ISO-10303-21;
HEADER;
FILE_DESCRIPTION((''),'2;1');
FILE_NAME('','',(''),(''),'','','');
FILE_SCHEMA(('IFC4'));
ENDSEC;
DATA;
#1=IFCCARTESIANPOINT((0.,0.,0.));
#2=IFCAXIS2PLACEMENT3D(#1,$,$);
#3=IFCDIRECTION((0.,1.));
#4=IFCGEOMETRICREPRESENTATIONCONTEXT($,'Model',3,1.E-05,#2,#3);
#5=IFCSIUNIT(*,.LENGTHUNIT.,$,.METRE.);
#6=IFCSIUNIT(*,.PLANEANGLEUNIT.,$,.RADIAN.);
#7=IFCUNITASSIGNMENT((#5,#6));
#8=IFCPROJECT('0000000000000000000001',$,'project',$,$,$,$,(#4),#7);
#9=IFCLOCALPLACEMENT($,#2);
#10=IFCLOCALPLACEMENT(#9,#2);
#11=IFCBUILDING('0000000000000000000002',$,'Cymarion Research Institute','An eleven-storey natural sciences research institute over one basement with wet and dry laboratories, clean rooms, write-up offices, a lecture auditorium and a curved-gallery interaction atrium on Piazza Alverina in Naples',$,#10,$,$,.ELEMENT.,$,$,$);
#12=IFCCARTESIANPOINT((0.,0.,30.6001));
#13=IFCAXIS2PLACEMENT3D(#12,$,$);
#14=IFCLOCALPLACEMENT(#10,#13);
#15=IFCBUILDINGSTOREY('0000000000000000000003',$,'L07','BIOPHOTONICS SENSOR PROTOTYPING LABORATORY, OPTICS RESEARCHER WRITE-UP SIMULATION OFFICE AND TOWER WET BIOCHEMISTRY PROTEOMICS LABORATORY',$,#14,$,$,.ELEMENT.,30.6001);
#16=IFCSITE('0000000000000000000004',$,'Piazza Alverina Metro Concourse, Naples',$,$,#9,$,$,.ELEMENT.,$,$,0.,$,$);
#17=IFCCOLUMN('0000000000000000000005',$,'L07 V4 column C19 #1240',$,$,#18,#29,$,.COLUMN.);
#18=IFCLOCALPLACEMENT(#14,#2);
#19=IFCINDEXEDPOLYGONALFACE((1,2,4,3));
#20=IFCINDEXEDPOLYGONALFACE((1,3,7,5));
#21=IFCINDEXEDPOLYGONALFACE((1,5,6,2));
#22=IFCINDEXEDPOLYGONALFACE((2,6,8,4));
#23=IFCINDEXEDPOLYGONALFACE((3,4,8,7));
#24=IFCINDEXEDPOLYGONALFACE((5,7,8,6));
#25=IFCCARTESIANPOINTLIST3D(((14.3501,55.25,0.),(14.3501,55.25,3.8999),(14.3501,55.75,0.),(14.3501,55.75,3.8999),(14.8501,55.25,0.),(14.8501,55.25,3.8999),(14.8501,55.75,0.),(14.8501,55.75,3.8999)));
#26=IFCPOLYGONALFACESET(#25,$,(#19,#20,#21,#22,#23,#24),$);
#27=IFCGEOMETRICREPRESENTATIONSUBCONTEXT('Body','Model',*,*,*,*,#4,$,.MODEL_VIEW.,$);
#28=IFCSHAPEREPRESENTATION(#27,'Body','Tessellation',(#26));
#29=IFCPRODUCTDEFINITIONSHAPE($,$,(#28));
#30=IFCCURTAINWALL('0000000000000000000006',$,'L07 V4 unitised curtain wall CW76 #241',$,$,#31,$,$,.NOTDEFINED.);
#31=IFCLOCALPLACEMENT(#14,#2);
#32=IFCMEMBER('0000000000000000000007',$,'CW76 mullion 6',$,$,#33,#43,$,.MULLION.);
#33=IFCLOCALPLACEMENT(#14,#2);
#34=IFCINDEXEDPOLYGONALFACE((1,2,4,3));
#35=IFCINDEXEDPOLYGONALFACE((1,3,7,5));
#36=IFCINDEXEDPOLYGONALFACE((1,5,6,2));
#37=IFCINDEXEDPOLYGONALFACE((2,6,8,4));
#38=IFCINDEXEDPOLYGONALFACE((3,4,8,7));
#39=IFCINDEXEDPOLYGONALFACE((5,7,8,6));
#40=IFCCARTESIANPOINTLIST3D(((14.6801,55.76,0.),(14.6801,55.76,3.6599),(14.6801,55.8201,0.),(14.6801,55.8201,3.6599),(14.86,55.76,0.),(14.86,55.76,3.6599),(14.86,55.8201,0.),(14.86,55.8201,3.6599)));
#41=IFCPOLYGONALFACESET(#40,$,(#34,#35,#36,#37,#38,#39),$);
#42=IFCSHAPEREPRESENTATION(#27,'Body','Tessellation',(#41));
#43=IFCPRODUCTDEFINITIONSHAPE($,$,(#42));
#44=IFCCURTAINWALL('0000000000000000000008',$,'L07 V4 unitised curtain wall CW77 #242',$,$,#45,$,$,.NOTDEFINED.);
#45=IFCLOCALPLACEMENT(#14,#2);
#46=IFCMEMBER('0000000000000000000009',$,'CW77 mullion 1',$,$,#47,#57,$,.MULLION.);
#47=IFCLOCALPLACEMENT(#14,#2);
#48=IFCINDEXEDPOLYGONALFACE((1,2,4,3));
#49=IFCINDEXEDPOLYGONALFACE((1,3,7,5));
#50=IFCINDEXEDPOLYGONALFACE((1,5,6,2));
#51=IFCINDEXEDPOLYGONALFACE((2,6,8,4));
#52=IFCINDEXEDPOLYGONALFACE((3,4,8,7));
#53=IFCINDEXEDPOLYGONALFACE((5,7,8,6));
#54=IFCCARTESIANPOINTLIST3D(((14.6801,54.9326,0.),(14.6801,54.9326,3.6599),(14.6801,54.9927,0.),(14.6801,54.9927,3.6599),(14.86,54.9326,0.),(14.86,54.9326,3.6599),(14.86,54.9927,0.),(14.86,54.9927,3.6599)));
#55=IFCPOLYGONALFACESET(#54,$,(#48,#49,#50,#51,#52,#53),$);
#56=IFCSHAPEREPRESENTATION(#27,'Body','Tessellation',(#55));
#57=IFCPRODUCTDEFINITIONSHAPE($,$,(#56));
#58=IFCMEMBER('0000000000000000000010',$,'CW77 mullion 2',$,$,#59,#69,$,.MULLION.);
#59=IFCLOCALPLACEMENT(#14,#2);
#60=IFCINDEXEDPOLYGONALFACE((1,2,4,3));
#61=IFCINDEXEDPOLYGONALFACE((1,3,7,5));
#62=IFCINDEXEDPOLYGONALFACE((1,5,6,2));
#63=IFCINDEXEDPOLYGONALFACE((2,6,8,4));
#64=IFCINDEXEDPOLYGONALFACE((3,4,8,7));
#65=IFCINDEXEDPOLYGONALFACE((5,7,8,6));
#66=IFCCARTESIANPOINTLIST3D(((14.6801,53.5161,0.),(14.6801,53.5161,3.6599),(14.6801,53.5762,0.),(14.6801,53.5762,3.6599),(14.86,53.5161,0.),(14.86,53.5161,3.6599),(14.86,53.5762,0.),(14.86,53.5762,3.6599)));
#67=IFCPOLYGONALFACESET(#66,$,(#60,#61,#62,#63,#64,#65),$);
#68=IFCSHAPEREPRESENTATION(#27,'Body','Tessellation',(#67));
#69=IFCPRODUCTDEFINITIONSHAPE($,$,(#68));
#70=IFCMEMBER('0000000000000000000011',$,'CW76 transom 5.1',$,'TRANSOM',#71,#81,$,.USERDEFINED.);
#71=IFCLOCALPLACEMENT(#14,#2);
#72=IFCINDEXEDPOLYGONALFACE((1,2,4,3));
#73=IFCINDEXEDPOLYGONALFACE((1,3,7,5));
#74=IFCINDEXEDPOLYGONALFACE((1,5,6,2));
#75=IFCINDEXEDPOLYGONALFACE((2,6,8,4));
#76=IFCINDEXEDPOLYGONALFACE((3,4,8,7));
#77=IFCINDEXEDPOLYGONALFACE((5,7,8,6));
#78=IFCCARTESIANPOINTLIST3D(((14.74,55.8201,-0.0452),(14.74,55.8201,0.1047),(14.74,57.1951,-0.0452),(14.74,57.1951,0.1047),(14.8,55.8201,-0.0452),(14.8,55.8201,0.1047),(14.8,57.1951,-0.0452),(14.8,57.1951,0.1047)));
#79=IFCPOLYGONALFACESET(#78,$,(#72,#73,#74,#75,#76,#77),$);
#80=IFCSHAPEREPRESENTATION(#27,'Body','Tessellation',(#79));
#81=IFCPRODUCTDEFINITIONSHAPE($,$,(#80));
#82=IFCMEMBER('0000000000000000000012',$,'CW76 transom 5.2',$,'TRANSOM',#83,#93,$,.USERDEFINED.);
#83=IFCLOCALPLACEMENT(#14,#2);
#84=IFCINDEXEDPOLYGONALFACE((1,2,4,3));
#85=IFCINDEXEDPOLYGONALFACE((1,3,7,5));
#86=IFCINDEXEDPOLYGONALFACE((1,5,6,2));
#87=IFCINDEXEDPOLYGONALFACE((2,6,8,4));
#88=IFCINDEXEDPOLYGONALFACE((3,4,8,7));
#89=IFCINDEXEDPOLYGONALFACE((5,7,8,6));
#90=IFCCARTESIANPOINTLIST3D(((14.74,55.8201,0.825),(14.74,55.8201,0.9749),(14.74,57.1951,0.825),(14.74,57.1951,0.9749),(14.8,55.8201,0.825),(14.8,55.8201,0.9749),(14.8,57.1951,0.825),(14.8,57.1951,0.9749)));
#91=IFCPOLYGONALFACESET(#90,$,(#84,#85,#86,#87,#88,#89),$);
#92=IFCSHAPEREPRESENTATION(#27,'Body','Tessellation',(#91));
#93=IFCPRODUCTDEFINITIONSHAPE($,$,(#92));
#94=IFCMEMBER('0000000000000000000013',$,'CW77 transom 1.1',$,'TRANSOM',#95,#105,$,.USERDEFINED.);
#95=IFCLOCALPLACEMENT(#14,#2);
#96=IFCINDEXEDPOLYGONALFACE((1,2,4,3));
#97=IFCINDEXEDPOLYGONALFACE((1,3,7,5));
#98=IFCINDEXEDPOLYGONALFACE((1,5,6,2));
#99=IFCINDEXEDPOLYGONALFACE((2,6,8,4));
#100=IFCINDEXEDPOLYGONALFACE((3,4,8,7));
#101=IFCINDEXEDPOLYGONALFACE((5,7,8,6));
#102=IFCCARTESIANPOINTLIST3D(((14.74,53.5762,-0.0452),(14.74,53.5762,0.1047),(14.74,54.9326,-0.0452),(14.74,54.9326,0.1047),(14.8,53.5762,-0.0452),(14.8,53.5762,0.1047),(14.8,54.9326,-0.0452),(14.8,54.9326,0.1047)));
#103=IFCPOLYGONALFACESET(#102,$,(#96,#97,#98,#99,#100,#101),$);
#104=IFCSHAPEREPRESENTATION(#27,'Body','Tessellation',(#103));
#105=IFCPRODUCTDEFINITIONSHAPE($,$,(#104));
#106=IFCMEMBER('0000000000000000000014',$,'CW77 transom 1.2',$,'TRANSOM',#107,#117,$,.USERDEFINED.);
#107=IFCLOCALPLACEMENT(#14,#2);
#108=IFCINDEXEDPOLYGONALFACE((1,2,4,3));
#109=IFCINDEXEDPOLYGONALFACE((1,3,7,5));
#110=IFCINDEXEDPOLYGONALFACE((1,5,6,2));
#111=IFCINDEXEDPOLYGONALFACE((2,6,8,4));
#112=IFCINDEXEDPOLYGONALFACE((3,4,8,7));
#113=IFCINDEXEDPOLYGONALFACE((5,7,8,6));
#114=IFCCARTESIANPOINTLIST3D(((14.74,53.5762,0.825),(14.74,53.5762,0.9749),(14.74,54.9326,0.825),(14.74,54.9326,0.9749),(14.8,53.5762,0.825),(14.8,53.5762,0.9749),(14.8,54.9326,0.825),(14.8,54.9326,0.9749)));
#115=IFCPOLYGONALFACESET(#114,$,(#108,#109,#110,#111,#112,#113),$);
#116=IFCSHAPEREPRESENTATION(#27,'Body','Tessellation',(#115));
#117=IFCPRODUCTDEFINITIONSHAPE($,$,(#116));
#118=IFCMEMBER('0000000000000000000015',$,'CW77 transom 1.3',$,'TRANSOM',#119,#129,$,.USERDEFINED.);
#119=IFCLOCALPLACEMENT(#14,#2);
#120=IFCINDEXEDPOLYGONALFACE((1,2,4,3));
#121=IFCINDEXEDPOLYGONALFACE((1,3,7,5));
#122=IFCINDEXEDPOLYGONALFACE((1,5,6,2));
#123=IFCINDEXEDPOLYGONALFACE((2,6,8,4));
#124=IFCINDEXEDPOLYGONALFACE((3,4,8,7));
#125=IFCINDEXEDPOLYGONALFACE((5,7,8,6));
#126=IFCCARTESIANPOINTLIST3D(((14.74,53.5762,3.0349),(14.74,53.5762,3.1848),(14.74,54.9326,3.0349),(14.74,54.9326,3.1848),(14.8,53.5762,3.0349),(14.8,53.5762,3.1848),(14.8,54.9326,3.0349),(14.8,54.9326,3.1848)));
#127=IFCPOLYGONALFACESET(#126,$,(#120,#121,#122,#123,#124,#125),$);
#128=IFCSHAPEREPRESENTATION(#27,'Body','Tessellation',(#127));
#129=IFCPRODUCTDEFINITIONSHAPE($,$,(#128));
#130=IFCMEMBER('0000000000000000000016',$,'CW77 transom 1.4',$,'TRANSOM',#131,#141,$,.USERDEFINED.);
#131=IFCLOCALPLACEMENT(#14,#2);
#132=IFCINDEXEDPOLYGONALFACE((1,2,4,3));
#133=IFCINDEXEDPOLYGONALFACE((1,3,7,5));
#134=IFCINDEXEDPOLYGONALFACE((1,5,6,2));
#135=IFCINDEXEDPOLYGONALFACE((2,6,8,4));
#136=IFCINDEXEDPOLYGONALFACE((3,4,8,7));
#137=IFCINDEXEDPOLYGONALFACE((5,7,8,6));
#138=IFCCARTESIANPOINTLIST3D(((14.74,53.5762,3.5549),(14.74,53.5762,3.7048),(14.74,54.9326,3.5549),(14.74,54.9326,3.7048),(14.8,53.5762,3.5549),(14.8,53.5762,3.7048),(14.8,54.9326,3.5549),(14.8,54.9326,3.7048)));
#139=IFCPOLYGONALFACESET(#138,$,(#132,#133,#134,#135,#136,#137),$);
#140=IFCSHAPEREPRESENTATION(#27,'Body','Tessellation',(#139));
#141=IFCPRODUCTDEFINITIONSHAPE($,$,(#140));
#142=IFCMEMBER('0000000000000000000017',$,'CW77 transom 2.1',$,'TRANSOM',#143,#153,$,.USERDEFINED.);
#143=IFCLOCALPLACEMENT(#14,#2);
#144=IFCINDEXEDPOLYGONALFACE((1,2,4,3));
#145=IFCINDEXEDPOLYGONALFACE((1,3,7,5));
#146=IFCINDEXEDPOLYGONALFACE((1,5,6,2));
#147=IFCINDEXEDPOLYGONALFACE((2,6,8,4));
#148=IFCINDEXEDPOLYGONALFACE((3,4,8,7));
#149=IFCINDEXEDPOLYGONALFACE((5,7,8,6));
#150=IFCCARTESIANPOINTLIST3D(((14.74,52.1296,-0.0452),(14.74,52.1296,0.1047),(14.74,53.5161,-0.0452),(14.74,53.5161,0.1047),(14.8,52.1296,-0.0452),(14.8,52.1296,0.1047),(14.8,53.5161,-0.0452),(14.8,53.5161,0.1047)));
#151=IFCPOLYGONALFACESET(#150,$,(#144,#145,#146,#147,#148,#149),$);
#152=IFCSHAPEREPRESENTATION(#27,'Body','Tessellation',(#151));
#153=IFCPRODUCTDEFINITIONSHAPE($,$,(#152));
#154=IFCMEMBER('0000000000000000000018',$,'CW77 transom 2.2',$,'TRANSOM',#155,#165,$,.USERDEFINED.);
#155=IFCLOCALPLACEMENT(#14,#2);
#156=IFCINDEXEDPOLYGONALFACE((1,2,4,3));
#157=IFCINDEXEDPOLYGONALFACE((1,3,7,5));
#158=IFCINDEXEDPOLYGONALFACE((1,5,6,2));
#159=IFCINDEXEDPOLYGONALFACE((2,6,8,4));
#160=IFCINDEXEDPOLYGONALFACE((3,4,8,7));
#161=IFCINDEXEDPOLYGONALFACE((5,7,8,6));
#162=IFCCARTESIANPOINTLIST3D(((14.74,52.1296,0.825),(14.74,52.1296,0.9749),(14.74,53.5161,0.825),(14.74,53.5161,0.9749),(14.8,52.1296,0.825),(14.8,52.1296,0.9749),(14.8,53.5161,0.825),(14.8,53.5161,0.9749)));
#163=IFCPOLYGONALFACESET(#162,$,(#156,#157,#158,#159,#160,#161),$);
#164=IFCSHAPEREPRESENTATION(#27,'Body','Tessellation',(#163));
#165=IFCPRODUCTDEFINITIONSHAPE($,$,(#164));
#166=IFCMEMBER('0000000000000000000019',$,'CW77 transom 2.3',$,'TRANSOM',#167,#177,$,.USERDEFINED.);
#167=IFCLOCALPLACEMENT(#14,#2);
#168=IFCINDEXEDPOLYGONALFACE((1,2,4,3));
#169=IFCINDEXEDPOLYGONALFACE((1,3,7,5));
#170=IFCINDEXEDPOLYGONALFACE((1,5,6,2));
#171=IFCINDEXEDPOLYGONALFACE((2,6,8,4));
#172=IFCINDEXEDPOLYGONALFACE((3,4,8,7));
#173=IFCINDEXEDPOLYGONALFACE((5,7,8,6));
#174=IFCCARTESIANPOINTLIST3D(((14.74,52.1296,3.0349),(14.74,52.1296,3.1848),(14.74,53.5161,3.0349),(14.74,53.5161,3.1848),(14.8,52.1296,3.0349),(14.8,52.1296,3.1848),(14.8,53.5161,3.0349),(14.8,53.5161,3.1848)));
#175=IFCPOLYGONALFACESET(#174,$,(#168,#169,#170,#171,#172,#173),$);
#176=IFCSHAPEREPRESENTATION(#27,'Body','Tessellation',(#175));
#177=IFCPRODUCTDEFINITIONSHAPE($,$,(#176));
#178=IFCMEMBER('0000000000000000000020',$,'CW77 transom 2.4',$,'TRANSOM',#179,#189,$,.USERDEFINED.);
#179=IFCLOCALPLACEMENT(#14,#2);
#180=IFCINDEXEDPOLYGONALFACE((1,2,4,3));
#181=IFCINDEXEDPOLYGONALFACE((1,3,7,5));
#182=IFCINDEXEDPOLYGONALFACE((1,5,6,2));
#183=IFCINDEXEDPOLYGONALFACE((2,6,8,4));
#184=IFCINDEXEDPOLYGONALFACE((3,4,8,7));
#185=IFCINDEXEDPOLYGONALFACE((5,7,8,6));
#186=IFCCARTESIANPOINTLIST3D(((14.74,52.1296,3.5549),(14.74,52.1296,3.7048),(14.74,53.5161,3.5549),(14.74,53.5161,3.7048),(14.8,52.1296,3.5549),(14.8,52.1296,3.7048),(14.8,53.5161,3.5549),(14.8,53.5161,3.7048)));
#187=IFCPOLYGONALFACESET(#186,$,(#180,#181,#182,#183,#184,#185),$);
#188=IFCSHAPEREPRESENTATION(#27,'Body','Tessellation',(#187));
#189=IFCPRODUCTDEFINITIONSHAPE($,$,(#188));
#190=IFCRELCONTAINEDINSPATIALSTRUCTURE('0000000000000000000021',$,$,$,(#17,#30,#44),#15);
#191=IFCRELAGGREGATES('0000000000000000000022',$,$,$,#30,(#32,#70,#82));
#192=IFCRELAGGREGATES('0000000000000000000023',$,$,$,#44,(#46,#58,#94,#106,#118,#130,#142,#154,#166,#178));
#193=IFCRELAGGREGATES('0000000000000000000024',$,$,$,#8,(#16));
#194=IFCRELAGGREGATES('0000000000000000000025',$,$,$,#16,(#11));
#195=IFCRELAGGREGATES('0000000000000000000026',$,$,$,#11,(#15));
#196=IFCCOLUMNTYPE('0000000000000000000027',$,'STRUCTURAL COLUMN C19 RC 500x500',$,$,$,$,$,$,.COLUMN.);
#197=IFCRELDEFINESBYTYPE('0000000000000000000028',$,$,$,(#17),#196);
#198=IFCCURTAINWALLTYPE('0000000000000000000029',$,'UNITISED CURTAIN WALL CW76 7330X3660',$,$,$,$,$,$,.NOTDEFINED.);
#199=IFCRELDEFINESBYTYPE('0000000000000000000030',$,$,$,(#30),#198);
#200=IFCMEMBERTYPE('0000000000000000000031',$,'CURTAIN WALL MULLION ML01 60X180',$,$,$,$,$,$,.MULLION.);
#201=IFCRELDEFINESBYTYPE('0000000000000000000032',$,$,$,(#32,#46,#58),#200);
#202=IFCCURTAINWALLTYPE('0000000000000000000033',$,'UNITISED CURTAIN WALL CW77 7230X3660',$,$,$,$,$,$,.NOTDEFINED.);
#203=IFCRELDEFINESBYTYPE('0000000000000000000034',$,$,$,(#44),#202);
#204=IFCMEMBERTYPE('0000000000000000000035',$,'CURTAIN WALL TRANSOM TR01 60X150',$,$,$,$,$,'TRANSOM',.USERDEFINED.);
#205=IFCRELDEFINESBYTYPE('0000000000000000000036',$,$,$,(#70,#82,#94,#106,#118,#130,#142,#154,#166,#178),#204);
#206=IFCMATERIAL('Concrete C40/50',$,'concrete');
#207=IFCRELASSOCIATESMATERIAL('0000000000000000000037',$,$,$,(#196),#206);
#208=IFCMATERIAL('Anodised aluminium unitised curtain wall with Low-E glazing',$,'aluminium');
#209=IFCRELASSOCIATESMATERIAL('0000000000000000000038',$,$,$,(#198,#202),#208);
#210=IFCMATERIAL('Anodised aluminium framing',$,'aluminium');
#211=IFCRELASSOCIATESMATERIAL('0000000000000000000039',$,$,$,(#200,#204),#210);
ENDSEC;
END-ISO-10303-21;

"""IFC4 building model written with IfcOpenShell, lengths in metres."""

from ifc_helpers import new_model, si_unit, direction, frame, origin, origin_2d, place, context, subcontext, project, spatial, rectangle, extrude, material, material_profile, profile_set, type_object, element, aggregate, save


model = new_model("IFC4")

# Units and contexts
model_context = context("Model", 3, precision=1e-05, world=origin(), true_north=direction((0.0, 1.0)))
body_context = subcontext(model_context, "Body", "Model", "MODEL_VIEW")
ifc_project = project(units=[si_unit("LENGTHUNIT", "METRE"), si_unit("PLANEANGLEUNIT", "RADIAN")], contexts=[model_context])

# Site, building, storey
site_placement = place(None, origin())
site = spatial("IfcSite", under=ifc_project, at=site_placement, Name="Piazza Alverina Metro Concourse, Naples", CompositionType="ELEMENT", RefElevation=0.0)
building_placement = place(site_placement, origin())
building = spatial("IfcBuilding", under=site, at=building_placement, Name="Cymarion Research Institute", Description="An eleven-storey natural sciences research institute over one basement with wet and dry laboratories, clean rooms, write-up offices, a lecture auditorium and a curved-gallery interaction atrium on Piazza Alverina in Naples", CompositionType="ELEMENT")
storey_placement = place(building_placement, frame((0.0, 0.0, 30.6001)))
storey = spatial("IfcBuildingStorey", under=building, at=storey_placement, Name="L07", Description="BIOPHOTONICS SENSOR PROTOTYPING LABORATORY, OPTICS RESEARCHER WRITE-UP SIMULATION OFFICE AND TOWER WET BIOCHEMISTRY PROTEOMICS LABORATORY", CompositionType="ELEMENT", Elevation=30.6001)

# Column
ifc_material_1 = material(Name="Concrete C40/50", Category="concrete")
ifc_material_profile_1 = material_profile(ifc_material_1, rectangle(XDim=0.5, YDim=0.5, at=origin_2d()), Name="RC 500x500")
ifc_profile_set_1 = profile_set([ifc_material_profile_1], Name="Concrete C40/50")
column_type = type_object("IfcColumnType", Name="STRUCTURAL COLUMN C19 RC 500x500", PredefinedType="COLUMN", material=ifc_profile_set_1)
column_placement = place(storey_placement, frame((14.6001, 55.5, 0.0), z_axis=(0.0, 0.0, 1.0), x_axis=(1.0, 0.0, 0.0)))
element("IfcColumn", 1, at=column_placement, inside=storey, type_object=column_type, Name="L07 V4 column C19 #1240", PredefinedType="COLUMN", context=body_context, shape_type="SweptSolid", body=[
    extrude(rectangle(XDim=0.5, YDim=0.5, at=origin_2d()), origin(), (0.0, 0.0, 1.0), 3.8999),
])

# Curtain wall, member
ifc_material_2 = material(Name="Anodised aluminium unitised curtain wall with Low-E glazing", Category="aluminium")
curtain_wall_type_1 = type_object("IfcCurtainWallType", Name="UNITISED CURTAIN WALL CW76 7330X3660", PredefinedType="NOTDEFINED", material=ifc_material_2)
curtain_wall_1_placement = place(storey_placement, origin())
curtain_wall_1 = element("IfcCurtainWall", 2, at=curtain_wall_1_placement, inside=storey, type_object=curtain_wall_type_1, Name="L07 V4 unitised curtain wall CW76 #241", PredefinedType="NOTDEFINED")
ifc_material_3 = material(Name="Anodised aluminium framing", Category="aluminium")
ifc_material_profile_2 = material_profile(ifc_material_3, rectangle(XDim=0.0601, YDim=0.1799, at=origin_2d()), Name="ALU MULLION 60x180")
ifc_profile_set_2 = profile_set([ifc_material_profile_2], Name="Anodised aluminium framing")
member_type_1 = type_object("IfcMemberType", Name="CURTAIN WALL MULLION ML01 60X180", PredefinedType="MULLION", material=ifc_profile_set_2)
member_1_placement = place(storey_placement, frame((14.77, 55.79, 0.0), z_axis=(0.0, 0.0, 1.0), x_axis=(0.0, -1.0, 0.0)))
member_1 = element("IfcMember", 3, at=member_1_placement, type_object=member_type_1, Name="CW76 mullion 6", PredefinedType="MULLION", context=body_context, shape_type="SweptSolid", body=[
    extrude(rectangle(XDim=0.0601, YDim=0.1799, at=origin_2d()), origin(), (0.0, 0.0, 1.0), 3.6599),
])

# Curtain wall, members
curtain_wall_type_2 = type_object("IfcCurtainWallType", Name="UNITISED CURTAIN WALL CW77 7230X3660", PredefinedType="NOTDEFINED", material=ifc_material_2)
curtain_wall_2_placement = place(storey_placement, origin())
curtain_wall_2 = element("IfcCurtainWall", 4, at=curtain_wall_2_placement, inside=storey, type_object=curtain_wall_type_2, Name="L07 V4 unitised curtain wall CW77 #242", PredefinedType="NOTDEFINED")
member_2_placement = place(storey_placement, frame((14.77, 54.9626, 0.0), z_axis=(0.0, 0.0, 1.0), x_axis=(0.0, -1.0, 0.0)))
member_2 = element("IfcMember", 5, at=member_2_placement, type_object=member_type_1, Name="CW77 mullion 1", PredefinedType="MULLION", context=body_context, shape_type="SweptSolid", body=[
    extrude(rectangle(XDim=0.0601, YDim=0.1799, at=origin_2d()), origin(), (0.0, 0.0, 1.0), 3.6599),
])
member_3_placement = place(storey_placement, frame((14.77, 53.5461, 0.0), z_axis=(0.0, 0.0, 1.0), x_axis=(0.0, -1.0, 0.0)))
member_3 = element("IfcMember", 6, at=member_3_placement, type_object=member_type_1, Name="CW77 mullion 2", PredefinedType="MULLION", context=body_context, shape_type="SweptSolid", body=[
    extrude(rectangle(XDim=0.0601, YDim=0.1799, at=origin_2d()), origin(), (0.0, 0.0, 1.0), 3.6599),
])

# Members
ifc_material_profile_3 = material_profile(ifc_material_3, rectangle(XDim=0.0601, YDim=0.1499, at=origin_2d()), Name="ALU TRANSOM 60x150")
ifc_profile_set_3 = profile_set([ifc_material_profile_3], Name="Anodised aluminium framing")
member_type_2 = type_object("IfcMemberType", Name="CURTAIN WALL TRANSOM TR01 60X150", ElementType="TRANSOM", PredefinedType="USERDEFINED", material=ifc_profile_set_3)
member_4_placement = place(storey_placement, frame((14.77, 57.1951, 0.0298), z_axis=(0.0, -1.0, 0.0), x_axis=(1.0, 0.0, 0.0)))
member_4 = element("IfcMember", 7, at=member_4_placement, type_object=member_type_2, Name="CW76 transom 5.1", ObjectType="TRANSOM", PredefinedType="USERDEFINED", context=body_context, shape_type="SweptSolid", body=[
    extrude(rectangle(XDim=0.0601, YDim=0.1499, at=origin_2d()), origin(), (0.0, 0.0, 1.0), 1.375),
])
member_5_placement = place(storey_placement, frame((14.77, 57.1951, 0.8999), z_axis=(0.0, -1.0, 0.0), x_axis=(1.0, 0.0, 0.0)))
member_5 = element("IfcMember", 8, at=member_5_placement, type_object=member_type_2, Name="CW76 transom 5.2", ObjectType="TRANSOM", PredefinedType="USERDEFINED", context=body_context, shape_type="SweptSolid", body=[
    extrude(rectangle(XDim=0.0601, YDim=0.1499, at=origin_2d()), origin(), (0.0, 0.0, 1.0), 1.375),
])
member_6_placement = place(storey_placement, frame((14.77, 54.9326, 0.0298), z_axis=(0.0, -1.0, 0.0), x_axis=(1.0, 0.0, 0.0)))
member_6 = element("IfcMember", 9, at=member_6_placement, type_object=member_type_2, Name="CW77 transom 1.1", ObjectType="TRANSOM", PredefinedType="USERDEFINED", context=body_context, shape_type="SweptSolid", body=[
    extrude(rectangle(XDim=0.0601, YDim=0.1499, at=origin_2d()), origin(), (0.0, 0.0, 1.0), 1.3564),
])
member_7_placement = place(storey_placement, frame((14.77, 54.9326, 0.8999), z_axis=(0.0, -1.0, 0.0), x_axis=(1.0, 0.0, 0.0)))
member_7 = element("IfcMember", 10, at=member_7_placement, type_object=member_type_2, Name="CW77 transom 1.2", ObjectType="TRANSOM", PredefinedType="USERDEFINED", context=body_context, shape_type="SweptSolid", body=[
    extrude(rectangle(XDim=0.0601, YDim=0.1499, at=origin_2d()), origin(), (0.0, 0.0, 1.0), 1.3564),
])
member_8_placement = place(storey_placement, frame((14.77, 54.9326, 3.1099), z_axis=(0.0, -1.0, 0.0), x_axis=(1.0, 0.0, 0.0)))
member_8 = element("IfcMember", 11, at=member_8_placement, type_object=member_type_2, Name="CW77 transom 1.3", ObjectType="TRANSOM", PredefinedType="USERDEFINED", context=body_context, shape_type="SweptSolid", body=[
    extrude(rectangle(XDim=0.0601, YDim=0.1499, at=origin_2d()), origin(), (0.0, 0.0, 1.0), 1.3564),
])
member_9_placement = place(storey_placement, frame((14.77, 54.9326, 3.6299), z_axis=(0.0, -1.0, 0.0), x_axis=(1.0, 0.0, 0.0)))
member_9 = element("IfcMember", 12, at=member_9_placement, type_object=member_type_2, Name="CW77 transom 1.4", ObjectType="TRANSOM", PredefinedType="USERDEFINED", context=body_context, shape_type="SweptSolid", body=[
    extrude(rectangle(XDim=0.0601, YDim=0.1499, at=origin_2d()), origin(), (0.0, 0.0, 1.0), 1.3564),
])
member_10_placement = place(storey_placement, frame((14.77, 53.5161, 0.0298), z_axis=(0.0, -1.0, 0.0), x_axis=(1.0, 0.0, 0.0)))
member_10 = element("IfcMember", 13, at=member_10_placement, type_object=member_type_2, Name="CW77 transom 2.1", ObjectType="TRANSOM", PredefinedType="USERDEFINED", context=body_context, shape_type="SweptSolid", body=[
    extrude(rectangle(XDim=0.0601, YDim=0.1499, at=origin_2d()), origin(), (0.0, 0.0, 1.0), 1.3865),
])
member_11_placement = place(storey_placement, frame((14.77, 53.5161, 0.8999), z_axis=(0.0, -1.0, 0.0), x_axis=(1.0, 0.0, 0.0)))
member_11 = element("IfcMember", 14, at=member_11_placement, type_object=member_type_2, Name="CW77 transom 2.2", ObjectType="TRANSOM", PredefinedType="USERDEFINED", context=body_context, shape_type="SweptSolid", body=[
    extrude(rectangle(XDim=0.0601, YDim=0.1499, at=origin_2d()), origin(), (0.0, 0.0, 1.0), 1.3865),
])
member_12_placement = place(storey_placement, frame((14.77, 53.5161, 3.1099), z_axis=(0.0, -1.0, 0.0), x_axis=(1.0, 0.0, 0.0)))
member_12 = element("IfcMember", 15, at=member_12_placement, type_object=member_type_2, Name="CW77 transom 2.3", ObjectType="TRANSOM", PredefinedType="USERDEFINED", context=body_context, shape_type="SweptSolid", body=[
    extrude(rectangle(XDim=0.0601, YDim=0.1499, at=origin_2d()), origin(), (0.0, 0.0, 1.0), 1.3865),
])
member_13_placement = place(storey_placement, frame((14.77, 53.5161, 3.6299), z_axis=(0.0, -1.0, 0.0), x_axis=(1.0, 0.0, 0.0)))
member_13 = element("IfcMember", 16, at=member_13_placement, type_object=member_type_2, Name="CW77 transom 2.4", ObjectType="TRANSOM", PredefinedType="USERDEFINED", context=body_context, shape_type="SweptSolid", body=[
    extrude(rectangle(XDim=0.0601, YDim=0.1499, at=origin_2d()), origin(), (0.0, 0.0, 1.0), 1.3865),
])

aggregate(curtain_wall_1, [member_1, member_4, member_5])
aggregate(curtain_wall_2, [member_2, member_3, member_6, member_7, member_8, member_9, member_10, member_11, member_12, member_13])

save(model, "model.ifc")
